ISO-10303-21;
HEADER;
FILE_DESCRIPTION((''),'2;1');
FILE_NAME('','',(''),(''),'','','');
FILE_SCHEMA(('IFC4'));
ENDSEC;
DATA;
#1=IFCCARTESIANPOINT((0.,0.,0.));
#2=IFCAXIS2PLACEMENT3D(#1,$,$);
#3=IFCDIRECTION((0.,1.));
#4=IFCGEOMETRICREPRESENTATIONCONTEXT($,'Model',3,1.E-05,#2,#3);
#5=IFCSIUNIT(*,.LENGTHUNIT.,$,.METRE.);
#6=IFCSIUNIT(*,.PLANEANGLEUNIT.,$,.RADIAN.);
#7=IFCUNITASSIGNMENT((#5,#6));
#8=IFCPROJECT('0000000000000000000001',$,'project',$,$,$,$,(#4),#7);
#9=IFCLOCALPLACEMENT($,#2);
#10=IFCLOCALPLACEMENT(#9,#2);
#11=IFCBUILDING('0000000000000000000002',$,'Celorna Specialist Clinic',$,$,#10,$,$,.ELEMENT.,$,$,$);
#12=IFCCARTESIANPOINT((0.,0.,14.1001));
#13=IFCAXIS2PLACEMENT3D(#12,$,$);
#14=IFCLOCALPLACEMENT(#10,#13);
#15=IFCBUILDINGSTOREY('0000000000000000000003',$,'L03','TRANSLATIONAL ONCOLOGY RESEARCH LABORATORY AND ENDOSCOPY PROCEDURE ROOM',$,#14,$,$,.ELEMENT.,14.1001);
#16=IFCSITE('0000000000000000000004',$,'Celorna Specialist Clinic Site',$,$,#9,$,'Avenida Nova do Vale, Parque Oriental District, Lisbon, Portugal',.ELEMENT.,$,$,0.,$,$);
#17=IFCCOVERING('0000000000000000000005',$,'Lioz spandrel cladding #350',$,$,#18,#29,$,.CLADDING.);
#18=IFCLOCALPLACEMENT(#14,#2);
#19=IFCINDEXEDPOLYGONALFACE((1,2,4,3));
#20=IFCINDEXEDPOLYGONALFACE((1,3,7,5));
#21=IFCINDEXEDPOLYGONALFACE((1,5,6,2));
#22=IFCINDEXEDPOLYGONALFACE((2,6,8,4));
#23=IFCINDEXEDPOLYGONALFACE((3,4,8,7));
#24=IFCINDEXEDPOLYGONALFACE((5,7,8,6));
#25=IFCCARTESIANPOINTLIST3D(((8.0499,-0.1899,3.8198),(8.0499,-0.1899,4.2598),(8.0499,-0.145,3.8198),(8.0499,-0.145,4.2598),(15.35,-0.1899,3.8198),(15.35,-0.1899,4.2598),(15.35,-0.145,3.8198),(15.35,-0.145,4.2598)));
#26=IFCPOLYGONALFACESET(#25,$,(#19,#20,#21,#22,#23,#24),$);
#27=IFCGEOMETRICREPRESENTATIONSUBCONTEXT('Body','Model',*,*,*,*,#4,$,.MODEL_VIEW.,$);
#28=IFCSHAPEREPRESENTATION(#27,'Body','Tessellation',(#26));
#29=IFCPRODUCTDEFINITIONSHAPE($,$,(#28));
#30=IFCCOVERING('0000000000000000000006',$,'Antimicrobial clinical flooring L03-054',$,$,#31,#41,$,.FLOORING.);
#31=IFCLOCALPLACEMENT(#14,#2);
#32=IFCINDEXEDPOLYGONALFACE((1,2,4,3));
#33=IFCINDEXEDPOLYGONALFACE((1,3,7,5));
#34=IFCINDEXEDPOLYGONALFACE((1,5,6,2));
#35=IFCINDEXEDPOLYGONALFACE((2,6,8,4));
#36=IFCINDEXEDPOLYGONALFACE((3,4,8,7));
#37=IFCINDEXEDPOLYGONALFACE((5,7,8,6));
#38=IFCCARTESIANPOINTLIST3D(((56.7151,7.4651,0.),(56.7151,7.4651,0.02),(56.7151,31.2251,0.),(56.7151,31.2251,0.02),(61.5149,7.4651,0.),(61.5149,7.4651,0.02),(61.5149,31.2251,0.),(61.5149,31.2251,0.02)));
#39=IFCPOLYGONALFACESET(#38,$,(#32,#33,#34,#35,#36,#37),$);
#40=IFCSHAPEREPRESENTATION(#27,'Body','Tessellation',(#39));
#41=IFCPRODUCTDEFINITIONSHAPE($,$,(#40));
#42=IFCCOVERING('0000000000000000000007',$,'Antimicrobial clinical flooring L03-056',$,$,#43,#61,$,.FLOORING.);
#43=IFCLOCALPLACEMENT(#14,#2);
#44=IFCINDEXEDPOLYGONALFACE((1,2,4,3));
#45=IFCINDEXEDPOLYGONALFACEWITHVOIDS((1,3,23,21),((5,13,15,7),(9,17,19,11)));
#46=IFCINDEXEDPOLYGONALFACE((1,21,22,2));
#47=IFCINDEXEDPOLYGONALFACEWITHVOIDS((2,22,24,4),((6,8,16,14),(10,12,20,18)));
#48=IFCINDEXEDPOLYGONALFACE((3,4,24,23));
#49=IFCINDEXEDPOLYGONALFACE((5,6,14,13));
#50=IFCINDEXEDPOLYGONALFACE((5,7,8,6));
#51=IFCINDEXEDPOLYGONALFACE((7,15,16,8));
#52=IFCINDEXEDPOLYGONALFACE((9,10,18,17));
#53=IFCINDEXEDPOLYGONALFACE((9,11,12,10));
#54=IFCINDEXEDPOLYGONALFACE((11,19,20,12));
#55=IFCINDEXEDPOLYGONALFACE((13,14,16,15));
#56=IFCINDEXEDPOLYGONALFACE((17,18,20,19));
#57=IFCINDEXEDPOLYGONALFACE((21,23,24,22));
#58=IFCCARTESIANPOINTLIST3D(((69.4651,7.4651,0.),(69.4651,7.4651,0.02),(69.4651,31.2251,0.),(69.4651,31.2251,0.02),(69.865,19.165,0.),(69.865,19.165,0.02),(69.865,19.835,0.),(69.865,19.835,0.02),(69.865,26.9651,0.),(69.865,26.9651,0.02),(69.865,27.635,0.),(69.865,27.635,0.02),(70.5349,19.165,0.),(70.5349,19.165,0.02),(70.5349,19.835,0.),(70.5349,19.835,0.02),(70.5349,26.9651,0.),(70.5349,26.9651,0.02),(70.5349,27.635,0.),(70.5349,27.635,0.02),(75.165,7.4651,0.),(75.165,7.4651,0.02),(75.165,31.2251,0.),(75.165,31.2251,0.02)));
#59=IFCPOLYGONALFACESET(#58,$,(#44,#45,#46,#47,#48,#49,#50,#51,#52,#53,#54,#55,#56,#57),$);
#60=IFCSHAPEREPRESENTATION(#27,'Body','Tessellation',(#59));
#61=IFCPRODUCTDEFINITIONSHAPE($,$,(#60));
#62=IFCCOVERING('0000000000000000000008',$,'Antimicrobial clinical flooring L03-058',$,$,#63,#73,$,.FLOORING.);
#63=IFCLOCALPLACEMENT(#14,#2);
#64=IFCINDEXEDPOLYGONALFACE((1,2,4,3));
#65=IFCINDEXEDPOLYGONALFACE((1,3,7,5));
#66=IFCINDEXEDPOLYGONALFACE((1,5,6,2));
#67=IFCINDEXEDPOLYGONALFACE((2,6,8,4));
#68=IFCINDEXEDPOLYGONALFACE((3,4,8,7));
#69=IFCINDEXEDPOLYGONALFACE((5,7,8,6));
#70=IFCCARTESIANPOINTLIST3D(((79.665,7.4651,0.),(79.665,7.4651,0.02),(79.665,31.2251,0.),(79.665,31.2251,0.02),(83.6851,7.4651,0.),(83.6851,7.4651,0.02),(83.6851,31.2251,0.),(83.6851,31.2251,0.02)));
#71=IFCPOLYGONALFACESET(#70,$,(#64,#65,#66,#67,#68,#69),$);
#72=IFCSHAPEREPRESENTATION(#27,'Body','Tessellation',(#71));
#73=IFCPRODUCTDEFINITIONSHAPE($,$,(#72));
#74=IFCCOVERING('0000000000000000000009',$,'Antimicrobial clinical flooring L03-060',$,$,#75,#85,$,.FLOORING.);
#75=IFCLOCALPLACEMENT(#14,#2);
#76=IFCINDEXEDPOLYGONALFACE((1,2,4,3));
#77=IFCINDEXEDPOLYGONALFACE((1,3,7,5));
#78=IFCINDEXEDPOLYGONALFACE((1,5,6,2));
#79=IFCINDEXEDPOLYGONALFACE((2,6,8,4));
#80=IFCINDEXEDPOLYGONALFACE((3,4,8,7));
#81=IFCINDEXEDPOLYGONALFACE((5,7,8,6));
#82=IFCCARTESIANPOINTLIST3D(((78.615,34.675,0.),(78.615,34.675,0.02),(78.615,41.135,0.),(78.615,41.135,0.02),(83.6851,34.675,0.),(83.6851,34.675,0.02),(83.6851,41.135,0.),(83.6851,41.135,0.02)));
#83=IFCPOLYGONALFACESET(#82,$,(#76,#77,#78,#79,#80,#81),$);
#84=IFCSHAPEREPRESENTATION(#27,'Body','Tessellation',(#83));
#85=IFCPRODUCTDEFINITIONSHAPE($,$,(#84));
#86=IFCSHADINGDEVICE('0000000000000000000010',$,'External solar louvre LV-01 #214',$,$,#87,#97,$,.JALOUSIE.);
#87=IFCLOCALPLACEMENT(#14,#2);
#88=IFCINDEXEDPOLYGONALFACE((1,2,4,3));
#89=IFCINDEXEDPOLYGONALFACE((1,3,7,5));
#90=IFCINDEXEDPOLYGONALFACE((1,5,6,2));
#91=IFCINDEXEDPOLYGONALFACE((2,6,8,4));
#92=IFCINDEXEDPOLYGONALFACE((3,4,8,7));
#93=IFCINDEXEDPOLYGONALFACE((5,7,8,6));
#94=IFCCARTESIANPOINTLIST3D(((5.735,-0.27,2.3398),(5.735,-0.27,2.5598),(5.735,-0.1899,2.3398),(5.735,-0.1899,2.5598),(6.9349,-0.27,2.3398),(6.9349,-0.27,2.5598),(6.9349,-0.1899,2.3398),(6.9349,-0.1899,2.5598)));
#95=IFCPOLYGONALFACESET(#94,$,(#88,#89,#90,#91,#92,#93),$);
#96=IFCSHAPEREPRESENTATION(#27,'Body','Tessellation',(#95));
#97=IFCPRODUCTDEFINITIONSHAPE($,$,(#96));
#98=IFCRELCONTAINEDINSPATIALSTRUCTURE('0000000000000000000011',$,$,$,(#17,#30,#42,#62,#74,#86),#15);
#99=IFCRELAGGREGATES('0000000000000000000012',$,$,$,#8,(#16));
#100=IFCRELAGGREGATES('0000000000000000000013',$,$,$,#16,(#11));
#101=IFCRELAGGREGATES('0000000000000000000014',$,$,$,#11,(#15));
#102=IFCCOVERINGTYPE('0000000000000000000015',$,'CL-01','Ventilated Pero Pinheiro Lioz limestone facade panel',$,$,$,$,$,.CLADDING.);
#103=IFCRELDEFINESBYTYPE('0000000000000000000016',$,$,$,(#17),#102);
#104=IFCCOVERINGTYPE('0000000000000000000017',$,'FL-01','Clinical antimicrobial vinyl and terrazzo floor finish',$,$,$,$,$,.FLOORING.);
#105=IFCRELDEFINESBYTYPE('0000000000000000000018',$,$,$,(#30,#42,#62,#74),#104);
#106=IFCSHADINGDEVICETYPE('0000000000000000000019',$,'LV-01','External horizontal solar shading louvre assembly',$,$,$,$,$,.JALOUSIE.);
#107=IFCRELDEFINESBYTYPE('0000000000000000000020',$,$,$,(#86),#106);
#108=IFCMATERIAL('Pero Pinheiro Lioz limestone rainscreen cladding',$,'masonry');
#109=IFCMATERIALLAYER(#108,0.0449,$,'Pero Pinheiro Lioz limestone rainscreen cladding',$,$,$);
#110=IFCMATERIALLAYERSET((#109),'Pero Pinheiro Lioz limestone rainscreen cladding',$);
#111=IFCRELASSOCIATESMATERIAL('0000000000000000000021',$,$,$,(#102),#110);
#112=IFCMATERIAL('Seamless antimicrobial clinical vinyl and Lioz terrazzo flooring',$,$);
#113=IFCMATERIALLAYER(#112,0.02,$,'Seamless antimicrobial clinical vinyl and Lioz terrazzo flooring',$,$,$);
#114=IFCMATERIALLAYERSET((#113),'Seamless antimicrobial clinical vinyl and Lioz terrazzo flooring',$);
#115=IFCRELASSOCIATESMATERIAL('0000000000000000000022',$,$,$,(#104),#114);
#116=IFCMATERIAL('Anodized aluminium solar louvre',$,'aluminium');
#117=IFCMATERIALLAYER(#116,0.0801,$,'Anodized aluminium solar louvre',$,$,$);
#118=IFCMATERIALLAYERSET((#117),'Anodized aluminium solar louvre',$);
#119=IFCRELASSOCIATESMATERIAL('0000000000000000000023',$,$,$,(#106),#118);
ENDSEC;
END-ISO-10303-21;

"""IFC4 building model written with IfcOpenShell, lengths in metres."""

from ifc_helpers import new_model, si_unit, direction, frame, origin, origin_2d, place, context, subcontext, project, spatial, polyline, rectangle, outline, extrude, material, layer, layer_set, type_object, element, save


model = new_model("IFC4")

# Units and contexts
model_context = context("Model", 3, precision=1e-05, world=origin(), true_north=direction((0.0, 1.0)))
body_context = subcontext(model_context, "Body", "Model", "MODEL_VIEW")
ifc_project = project(units=[si_unit("LENGTHUNIT", "METRE"), si_unit("PLANEANGLEUNIT", "RADIAN")], contexts=[model_context])

# Site, building, storey
site_placement = place(None, origin())
site = spatial("IfcSite", under=ifc_project, at=site_placement, Name="Celorna Specialist Clinic Site", LongName="Avenida Nova do Vale, Parque Oriental District, Lisbon, Portugal", CompositionType="ELEMENT", RefElevation=0.0)
building_placement = place(site_placement, origin())
building = spatial("IfcBuilding", under=site, at=building_placement, Name="Celorna Specialist Clinic", CompositionType="ELEMENT")
storey_placement = place(building_placement, frame((0.0, 0.0, 14.1001)))
storey = spatial("IfcBuildingStorey", under=building, at=storey_placement, Name="L03", Description="TRANSLATIONAL ONCOLOGY RESEARCH LABORATORY AND ENDOSCOPY PROCEDURE ROOM", CompositionType="ELEMENT", Elevation=14.1001)

# Coverings
ifc_material_1 = material(Name="Pero Pinheiro Lioz limestone rainscreen cladding", Category="masonry")
ifc_layer_1 = layer(ifc_material_1, 0.0449, Name="Pero Pinheiro Lioz limestone rainscreen cladding")
ifc_layer_set_1 = layer_set([ifc_layer_1], Name="Pero Pinheiro Lioz limestone rainscreen cladding")
covering_type_1 = type_object("IfcCoveringType", Name="CL-01", Description="Ventilated Pero Pinheiro Lioz limestone facade panel", PredefinedType="CLADDING", material=ifc_layer_set_1)
for number, where, z_axis, x_axis, name in (
    (1, (11.7, -0.1675, 3.8198), (0.0, 0.0, 1.0), (-1.0, 0.0, 0.0), "Lioz spandrel cladding #350"),
):
    element("IfcCovering", number, at=place(storey_placement, frame(where, z_axis=z_axis, x_axis=x_axis)), inside=storey, type_object=covering_type_1, Name=name, PredefinedType="CLADDING", context=body_context, shape_type="SweptSolid", body=[
        extrude(rectangle(XDim=7.3, YDim=0.0449, at=origin_2d()), origin(), (0.0, 0.0, 1.0), 0.4399),
    ])
ifc_material_2 = material(Name="Seamless antimicrobial clinical vinyl and Lioz terrazzo flooring")
ifc_layer_2 = layer(ifc_material_2, 0.02, Name="Seamless antimicrobial clinical vinyl and Lioz terrazzo flooring")
ifc_layer_set_2 = layer_set([ifc_layer_2], Name="Seamless antimicrobial clinical vinyl and Lioz terrazzo flooring")
covering_type_2 = type_object("IfcCoveringType", Name="FL-01", Description="Clinical antimicrobial vinyl and terrazzo floor finish", PredefinedType="FLOORING", material=ifc_layer_set_2)
covering_1_placement = place(storey_placement, origin())
element("IfcCovering", 2, at=covering_1_placement, inside=storey, type_object=covering_type_2, Name="Antimicrobial clinical flooring L03-054", PredefinedType="FLOORING", context=body_context, shape_type="SweptSolid", body=[
    extrude(outline(polyline([(56.7151, 31.2251), (61.5149, 31.2251), (61.5149, 7.4651), (56.7151, 7.4651), (56.7151, 31.2251)])), origin(), (0.0, 0.0, 1.0), 0.02),
])
covering_2_placement = place(storey_placement, origin())
element("IfcCovering", 3, at=covering_2_placement, inside=storey, type_object=covering_type_2, Name="Antimicrobial clinical flooring L03-056", PredefinedType="FLOORING", context=body_context, shape_type="SweptSolid", body=[
    extrude(outline(polyline([(69.4651, 31.2251), (75.165, 31.2251), (75.165, 7.4651), (69.4651, 7.4651), (69.4651, 31.2251)]), holes=[polyline([(69.865, 19.835), (69.865, 19.165), (70.5349, 19.165), (70.5349, 19.835), (69.865, 19.835)]), polyline([(69.865, 27.635), (69.865, 26.9651), (70.5349, 26.9651), (70.5349, 27.635), (69.865, 27.635)])]), origin(), (0.0, 0.0, 1.0), 0.02),
])
covering_3_placement = place(storey_placement, origin())
element("IfcCovering", 4, at=covering_3_placement, inside=storey, type_object=covering_type_2, Name="Antimicrobial clinical flooring L03-058", PredefinedType="FLOORING", context=body_context, shape_type="SweptSolid", body=[
    extrude(outline(polyline([(79.665, 31.2251), (83.6851, 31.2251), (83.6851, 7.4651), (79.665, 7.4651), (79.665, 31.2251)])), origin(), (0.0, 0.0, 1.0), 0.02),
])
covering_4_placement = place(storey_placement, origin())
element("IfcCovering", 5, at=covering_4_placement, inside=storey, type_object=covering_type_2, Name="Antimicrobial clinical flooring L03-060", PredefinedType="FLOORING", context=body_context, shape_type="SweptSolid", body=[
    extrude(outline(polyline([(78.615, 41.135), (83.6851, 41.135), (83.6851, 34.675), (78.615, 34.675), (78.615, 41.135)])), origin(), (0.0, 0.0, 1.0), 0.02),
])

# Shading device
ifc_material_3 = material(Name="Anodized aluminium solar louvre", Category="aluminium")
ifc_layer_3 = layer(ifc_material_3, 0.0801, Name="Anodized aluminium solar louvre")
ifc_layer_set_3 = layer_set([ifc_layer_3], Name="Anodized aluminium solar louvre")
shading_device_type = type_object("IfcShadingDeviceType", Name="LV-01", Description="External horizontal solar shading louvre assembly", PredefinedType="JALOUSIE", material=ifc_layer_set_3)
shading_device_placement = place(storey_placement, frame((6.335, -0.23, 2.3398), z_axis=(0.0, 0.0, 1.0), x_axis=(-1.0, 0.0, 0.0)))
element("IfcShadingDevice", 6, at=shading_device_placement, inside=storey, type_object=shading_device_type, Name="External solar louvre LV-01 #214", PredefinedType="JALOUSIE", context=body_context, shape_type="SweptSolid", body=[
    extrude(rectangle(XDim=1.2, YDim=0.0801, at=origin_2d()), origin(), (0.0, 0.0, 1.0), 0.22),
])

save(model, "model.ifc")
